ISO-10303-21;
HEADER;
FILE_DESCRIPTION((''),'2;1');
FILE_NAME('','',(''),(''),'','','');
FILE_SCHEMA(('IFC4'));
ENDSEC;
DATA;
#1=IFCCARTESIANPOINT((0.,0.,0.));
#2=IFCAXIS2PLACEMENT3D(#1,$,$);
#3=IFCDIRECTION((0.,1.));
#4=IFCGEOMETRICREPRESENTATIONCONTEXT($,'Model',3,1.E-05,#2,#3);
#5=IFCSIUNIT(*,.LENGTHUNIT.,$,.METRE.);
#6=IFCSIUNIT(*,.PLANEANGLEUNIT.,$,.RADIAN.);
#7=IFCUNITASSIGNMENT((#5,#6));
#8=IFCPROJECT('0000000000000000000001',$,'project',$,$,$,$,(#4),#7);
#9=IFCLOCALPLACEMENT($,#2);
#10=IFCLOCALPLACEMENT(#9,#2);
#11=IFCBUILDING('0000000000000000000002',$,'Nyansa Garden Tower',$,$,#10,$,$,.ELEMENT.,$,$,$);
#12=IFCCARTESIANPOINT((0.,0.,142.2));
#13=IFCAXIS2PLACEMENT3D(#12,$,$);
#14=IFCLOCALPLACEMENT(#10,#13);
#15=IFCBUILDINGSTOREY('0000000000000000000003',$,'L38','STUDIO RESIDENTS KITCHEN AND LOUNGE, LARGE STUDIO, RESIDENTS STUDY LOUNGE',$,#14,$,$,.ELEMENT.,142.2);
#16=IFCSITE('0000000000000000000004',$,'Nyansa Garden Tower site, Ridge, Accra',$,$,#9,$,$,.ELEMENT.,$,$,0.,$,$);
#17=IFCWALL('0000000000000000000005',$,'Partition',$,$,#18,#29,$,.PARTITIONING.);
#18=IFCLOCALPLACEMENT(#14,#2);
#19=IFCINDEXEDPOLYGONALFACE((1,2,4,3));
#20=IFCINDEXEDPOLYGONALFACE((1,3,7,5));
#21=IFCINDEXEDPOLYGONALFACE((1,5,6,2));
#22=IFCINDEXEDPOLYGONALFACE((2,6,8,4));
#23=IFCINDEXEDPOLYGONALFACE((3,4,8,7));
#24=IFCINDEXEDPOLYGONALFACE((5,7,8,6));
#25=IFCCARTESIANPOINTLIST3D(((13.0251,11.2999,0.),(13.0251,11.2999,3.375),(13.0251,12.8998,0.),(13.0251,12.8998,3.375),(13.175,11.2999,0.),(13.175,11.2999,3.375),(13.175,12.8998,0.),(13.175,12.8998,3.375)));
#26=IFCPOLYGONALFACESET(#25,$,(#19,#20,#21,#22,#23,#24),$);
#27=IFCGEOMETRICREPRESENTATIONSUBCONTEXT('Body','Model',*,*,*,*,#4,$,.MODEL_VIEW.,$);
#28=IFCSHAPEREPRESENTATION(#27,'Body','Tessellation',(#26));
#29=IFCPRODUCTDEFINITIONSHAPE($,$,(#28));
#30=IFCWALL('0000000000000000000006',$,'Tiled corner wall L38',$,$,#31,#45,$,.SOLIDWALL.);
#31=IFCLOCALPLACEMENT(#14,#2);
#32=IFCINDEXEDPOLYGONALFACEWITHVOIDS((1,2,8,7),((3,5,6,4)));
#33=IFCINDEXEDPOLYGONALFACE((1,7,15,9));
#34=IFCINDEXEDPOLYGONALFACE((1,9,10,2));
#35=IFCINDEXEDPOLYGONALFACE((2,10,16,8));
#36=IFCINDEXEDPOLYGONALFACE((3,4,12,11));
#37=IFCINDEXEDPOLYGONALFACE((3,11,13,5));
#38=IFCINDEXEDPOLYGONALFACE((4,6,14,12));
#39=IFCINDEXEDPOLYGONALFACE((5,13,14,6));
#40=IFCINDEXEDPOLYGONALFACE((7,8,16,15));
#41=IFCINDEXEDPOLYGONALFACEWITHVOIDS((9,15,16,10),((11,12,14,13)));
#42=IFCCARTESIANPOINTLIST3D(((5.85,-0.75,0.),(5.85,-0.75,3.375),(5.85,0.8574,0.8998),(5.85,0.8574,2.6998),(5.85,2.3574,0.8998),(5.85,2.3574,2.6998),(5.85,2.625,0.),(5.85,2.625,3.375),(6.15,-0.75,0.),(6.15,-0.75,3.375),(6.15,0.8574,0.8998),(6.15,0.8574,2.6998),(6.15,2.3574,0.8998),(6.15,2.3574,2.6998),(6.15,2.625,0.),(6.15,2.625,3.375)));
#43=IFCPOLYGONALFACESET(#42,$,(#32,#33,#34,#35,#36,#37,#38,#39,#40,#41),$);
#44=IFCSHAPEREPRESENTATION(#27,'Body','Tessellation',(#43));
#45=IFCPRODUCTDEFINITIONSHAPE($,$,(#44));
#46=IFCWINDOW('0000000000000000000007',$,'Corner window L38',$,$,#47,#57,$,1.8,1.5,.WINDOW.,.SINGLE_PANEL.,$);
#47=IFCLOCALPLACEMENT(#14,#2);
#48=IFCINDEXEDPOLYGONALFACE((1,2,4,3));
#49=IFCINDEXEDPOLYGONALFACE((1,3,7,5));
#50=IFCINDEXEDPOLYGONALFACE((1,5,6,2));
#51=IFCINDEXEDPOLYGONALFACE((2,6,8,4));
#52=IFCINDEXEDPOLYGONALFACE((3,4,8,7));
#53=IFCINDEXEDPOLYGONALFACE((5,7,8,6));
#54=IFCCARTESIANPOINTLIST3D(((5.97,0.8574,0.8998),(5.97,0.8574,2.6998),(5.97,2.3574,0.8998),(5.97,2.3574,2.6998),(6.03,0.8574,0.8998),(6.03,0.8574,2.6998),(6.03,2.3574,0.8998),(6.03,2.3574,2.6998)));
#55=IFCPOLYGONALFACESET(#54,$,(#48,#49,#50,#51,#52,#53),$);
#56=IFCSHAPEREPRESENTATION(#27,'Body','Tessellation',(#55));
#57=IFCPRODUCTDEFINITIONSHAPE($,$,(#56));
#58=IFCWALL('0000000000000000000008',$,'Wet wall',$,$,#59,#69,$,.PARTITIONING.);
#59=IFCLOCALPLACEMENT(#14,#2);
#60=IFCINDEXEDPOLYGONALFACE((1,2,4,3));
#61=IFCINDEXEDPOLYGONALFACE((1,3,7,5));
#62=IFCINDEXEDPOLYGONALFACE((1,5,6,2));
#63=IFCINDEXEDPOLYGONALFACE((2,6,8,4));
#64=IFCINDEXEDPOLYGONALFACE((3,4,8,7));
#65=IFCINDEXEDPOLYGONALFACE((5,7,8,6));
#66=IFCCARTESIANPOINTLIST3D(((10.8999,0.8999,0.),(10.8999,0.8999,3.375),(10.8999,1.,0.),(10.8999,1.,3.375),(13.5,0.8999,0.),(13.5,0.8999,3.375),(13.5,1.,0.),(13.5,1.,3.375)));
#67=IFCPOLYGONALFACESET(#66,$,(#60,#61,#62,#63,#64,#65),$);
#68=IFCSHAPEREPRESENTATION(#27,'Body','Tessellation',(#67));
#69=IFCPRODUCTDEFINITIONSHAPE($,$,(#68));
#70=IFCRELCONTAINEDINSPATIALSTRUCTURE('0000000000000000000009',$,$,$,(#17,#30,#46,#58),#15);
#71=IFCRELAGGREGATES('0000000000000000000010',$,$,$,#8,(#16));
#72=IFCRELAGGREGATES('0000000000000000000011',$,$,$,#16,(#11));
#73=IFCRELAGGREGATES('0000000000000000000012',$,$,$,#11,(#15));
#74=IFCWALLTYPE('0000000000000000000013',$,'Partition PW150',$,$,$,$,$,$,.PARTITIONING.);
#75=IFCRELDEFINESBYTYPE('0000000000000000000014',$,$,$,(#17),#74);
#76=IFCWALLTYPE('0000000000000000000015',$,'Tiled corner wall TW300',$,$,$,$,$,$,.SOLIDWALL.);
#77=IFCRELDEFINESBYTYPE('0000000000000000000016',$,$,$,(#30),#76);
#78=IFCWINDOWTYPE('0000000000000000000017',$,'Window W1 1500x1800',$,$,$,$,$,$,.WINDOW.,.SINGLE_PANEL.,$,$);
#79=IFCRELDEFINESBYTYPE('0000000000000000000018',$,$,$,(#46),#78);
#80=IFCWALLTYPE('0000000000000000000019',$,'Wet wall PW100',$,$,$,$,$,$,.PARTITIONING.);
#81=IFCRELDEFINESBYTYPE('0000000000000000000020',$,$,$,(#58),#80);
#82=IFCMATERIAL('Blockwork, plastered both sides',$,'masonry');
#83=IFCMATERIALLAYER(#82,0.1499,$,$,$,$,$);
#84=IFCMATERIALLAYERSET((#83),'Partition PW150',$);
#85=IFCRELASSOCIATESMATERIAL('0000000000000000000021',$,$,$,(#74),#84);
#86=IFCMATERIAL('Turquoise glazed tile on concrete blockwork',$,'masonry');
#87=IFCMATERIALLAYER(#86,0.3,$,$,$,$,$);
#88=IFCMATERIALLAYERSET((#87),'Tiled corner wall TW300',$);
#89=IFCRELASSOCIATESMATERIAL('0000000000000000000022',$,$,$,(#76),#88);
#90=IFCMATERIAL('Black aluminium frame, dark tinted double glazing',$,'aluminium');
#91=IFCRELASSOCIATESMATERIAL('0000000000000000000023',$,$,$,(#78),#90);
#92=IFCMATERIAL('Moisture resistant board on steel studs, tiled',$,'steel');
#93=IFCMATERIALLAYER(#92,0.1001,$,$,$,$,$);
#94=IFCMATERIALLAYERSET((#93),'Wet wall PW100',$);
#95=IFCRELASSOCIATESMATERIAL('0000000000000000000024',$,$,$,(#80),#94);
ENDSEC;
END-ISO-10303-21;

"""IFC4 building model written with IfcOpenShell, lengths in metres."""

from ifc_helpers import new_model, si_unit, direction, frame, frame_2d, origin, place, context, subcontext, project, spatial, rectangle, extrude, material, layer, layer_set, type_object, element, fill, save


model = new_model("IFC4")

# Units and contexts
model_context = context("Model", 3, precision=1e-05, world=origin(), true_north=direction((0.0, 1.0)))
body_context = subcontext(model_context, "Body", "Model", "MODEL_VIEW")
ifc_project = project(units=[si_unit("LENGTHUNIT", "METRE"), si_unit("PLANEANGLEUNIT", "RADIAN")], contexts=[model_context])

# Site, building, storey
site_placement = place(None, origin())
site = spatial("IfcSite", under=ifc_project, at=site_placement, Name="Nyansa Garden Tower site, Ridge, Accra", CompositionType="ELEMENT", RefElevation=0.0)
building_placement = place(site_placement, origin())
building = spatial("IfcBuilding", under=site, at=building_placement, Name="Nyansa Garden Tower", CompositionType="ELEMENT")
storey_placement = place(building_placement, frame((0.0, 0.0, 142.2)))
storey = spatial("IfcBuildingStorey", under=building, at=storey_placement, Name="L38", Description="STUDIO RESIDENTS KITCHEN AND LOUNGE, LARGE STUDIO, RESIDENTS STUDY LOUNGE", CompositionType="ELEMENT", Elevation=142.2)

# Shared definitions
ifc_material_1 = material(Name="Blockwork, plastered both sides", Category="masonry")
ifc_layer_1 = layer(ifc_material_1, 0.1499)
ifc_layer_set_1 = layer_set([ifc_layer_1], Name="Partition PW150")
wall_type_1 = type_object("IfcWallType", Name="Partition PW150", PredefinedType="PARTITIONING", material=ifc_layer_set_1)

# Wall
wall_1_placement = place(storey_placement, frame((13.1001, 11.3, 0.0), z_axis=(0.0, 0.0, 1.0), x_axis=(0.0, 1.0, 0.0)))
element("IfcWall", 1, at=wall_1_placement, inside=storey, type_object=wall_type_1, Name="Partition", PredefinedType="PARTITIONING", context=body_context, shape_type="SweptSolid", body=[
    extrude(rectangle(XDim=1.5999, YDim=0.1499, at=frame_2d((0.7998, 0.0))), origin(), (0.0, 0.0, 1.0), 3.375),
])

# Wall, opening, window
ifc_material_2 = material(Name="Turquoise glazed tile on concrete blockwork", Category="masonry")
ifc_layer_2 = layer(ifc_material_2, 0.3)
ifc_layer_set_2 = layer_set([ifc_layer_2], Name="Tiled corner wall TW300")
wall_type_2 = type_object("IfcWallType", Name="Tiled corner wall TW300", PredefinedType="SOLIDWALL", material=ifc_layer_set_2)
wall_2_placement = place(storey_placement, frame((6.0, 2.625, 0.0), z_axis=(0.0, 0.0, 1.0), x_axis=(0.0, -1.0, 0.0)))
wall_2 = element("IfcWall", 2, at=wall_2_placement, inside=storey, type_object=wall_type_2, Name="Tiled corner wall L38", PredefinedType="SOLIDWALL", context=body_context, shape_type="SweptSolid", body=[
    extrude(rectangle(XDim=3.375, YDim=0.3, at=frame_2d((1.6875, 0.0))), origin(), (0.0, 0.0, 1.0), 3.375),
])
opening_1_placement = place(wall_2_placement, frame((0.2676, 0.0, 0.8999)))
opening_1 = element("IfcOpeningElement", 3, at=opening_1_placement, cuts=wall_2, PredefinedType="OPENING", context=body_context, shape_type="SweptSolid", body=[
    extrude(rectangle(XDim=1.5, YDim=1.8, at=frame_2d((0.75, 0.8999))), frame((0.0, 0.1599, 0.0), z_axis=(0.0, -1.0, 0.0), x_axis=(1.0, 0.0, 0.0)), (0.0, 0.0, 1.0), 0.3201),
])
ifc_material_3 = material(Name="Black aluminium frame, dark tinted double glazing", Category="aluminium")
window_type = type_object("IfcWindowType", Name="Window W1 1500x1800", PartitioningType="SINGLE_PANEL", PredefinedType="WINDOW", material=ifc_material_3)
window_placement = place(opening_1_placement, origin())
window = element("IfcWindow", 4, at=window_placement, inside=storey, type_object=window_type, Name="Corner window L38", OverallHeight=1.8, OverallWidth=1.5, PartitioningType="SINGLE_PANEL", PredefinedType="WINDOW", context=body_context, shape_type="SweptSolid", body=[
    extrude(rectangle(XDim=1.5, YDim=1.8, at=frame_2d((0.75, 0.8999))), frame((0.0, 0.03, 0.0), z_axis=(0.0, -1.0, 0.0), x_axis=(1.0, 0.0, 0.0)), (0.0, 0.0, 1.0), 0.0601),
])
fill(opening_1, window)

# Wall
ifc_material_4 = material(Name="Moisture resistant board on steel studs, tiled", Category="steel")
ifc_layer_3 = layer(ifc_material_4, 0.1001)
ifc_layer_set_3 = layer_set([ifc_layer_3], Name="Wet wall PW100")
wall_type_3 = type_object("IfcWallType", Name="Wet wall PW100", PredefinedType="PARTITIONING", material=ifc_layer_set_3)
wall_3_placement = place(storey_placement, frame((10.8999, 0.95, 0.0), z_axis=(0.0, 0.0, 1.0), x_axis=(1.0, 0.0, 0.0)))
element("IfcWall", 5, at=wall_3_placement, inside=storey, type_object=wall_type_3, Name="Wet wall", PredefinedType="PARTITIONING", context=body_context, shape_type="SweptSolid", body=[
    extrude(rectangle(XDim=2.6001, YDim=0.1001, at=frame_2d((1.3, 0.0))), origin(), (0.0, 0.0, 1.0), 3.375),
])

save(model, "model.ifc")
